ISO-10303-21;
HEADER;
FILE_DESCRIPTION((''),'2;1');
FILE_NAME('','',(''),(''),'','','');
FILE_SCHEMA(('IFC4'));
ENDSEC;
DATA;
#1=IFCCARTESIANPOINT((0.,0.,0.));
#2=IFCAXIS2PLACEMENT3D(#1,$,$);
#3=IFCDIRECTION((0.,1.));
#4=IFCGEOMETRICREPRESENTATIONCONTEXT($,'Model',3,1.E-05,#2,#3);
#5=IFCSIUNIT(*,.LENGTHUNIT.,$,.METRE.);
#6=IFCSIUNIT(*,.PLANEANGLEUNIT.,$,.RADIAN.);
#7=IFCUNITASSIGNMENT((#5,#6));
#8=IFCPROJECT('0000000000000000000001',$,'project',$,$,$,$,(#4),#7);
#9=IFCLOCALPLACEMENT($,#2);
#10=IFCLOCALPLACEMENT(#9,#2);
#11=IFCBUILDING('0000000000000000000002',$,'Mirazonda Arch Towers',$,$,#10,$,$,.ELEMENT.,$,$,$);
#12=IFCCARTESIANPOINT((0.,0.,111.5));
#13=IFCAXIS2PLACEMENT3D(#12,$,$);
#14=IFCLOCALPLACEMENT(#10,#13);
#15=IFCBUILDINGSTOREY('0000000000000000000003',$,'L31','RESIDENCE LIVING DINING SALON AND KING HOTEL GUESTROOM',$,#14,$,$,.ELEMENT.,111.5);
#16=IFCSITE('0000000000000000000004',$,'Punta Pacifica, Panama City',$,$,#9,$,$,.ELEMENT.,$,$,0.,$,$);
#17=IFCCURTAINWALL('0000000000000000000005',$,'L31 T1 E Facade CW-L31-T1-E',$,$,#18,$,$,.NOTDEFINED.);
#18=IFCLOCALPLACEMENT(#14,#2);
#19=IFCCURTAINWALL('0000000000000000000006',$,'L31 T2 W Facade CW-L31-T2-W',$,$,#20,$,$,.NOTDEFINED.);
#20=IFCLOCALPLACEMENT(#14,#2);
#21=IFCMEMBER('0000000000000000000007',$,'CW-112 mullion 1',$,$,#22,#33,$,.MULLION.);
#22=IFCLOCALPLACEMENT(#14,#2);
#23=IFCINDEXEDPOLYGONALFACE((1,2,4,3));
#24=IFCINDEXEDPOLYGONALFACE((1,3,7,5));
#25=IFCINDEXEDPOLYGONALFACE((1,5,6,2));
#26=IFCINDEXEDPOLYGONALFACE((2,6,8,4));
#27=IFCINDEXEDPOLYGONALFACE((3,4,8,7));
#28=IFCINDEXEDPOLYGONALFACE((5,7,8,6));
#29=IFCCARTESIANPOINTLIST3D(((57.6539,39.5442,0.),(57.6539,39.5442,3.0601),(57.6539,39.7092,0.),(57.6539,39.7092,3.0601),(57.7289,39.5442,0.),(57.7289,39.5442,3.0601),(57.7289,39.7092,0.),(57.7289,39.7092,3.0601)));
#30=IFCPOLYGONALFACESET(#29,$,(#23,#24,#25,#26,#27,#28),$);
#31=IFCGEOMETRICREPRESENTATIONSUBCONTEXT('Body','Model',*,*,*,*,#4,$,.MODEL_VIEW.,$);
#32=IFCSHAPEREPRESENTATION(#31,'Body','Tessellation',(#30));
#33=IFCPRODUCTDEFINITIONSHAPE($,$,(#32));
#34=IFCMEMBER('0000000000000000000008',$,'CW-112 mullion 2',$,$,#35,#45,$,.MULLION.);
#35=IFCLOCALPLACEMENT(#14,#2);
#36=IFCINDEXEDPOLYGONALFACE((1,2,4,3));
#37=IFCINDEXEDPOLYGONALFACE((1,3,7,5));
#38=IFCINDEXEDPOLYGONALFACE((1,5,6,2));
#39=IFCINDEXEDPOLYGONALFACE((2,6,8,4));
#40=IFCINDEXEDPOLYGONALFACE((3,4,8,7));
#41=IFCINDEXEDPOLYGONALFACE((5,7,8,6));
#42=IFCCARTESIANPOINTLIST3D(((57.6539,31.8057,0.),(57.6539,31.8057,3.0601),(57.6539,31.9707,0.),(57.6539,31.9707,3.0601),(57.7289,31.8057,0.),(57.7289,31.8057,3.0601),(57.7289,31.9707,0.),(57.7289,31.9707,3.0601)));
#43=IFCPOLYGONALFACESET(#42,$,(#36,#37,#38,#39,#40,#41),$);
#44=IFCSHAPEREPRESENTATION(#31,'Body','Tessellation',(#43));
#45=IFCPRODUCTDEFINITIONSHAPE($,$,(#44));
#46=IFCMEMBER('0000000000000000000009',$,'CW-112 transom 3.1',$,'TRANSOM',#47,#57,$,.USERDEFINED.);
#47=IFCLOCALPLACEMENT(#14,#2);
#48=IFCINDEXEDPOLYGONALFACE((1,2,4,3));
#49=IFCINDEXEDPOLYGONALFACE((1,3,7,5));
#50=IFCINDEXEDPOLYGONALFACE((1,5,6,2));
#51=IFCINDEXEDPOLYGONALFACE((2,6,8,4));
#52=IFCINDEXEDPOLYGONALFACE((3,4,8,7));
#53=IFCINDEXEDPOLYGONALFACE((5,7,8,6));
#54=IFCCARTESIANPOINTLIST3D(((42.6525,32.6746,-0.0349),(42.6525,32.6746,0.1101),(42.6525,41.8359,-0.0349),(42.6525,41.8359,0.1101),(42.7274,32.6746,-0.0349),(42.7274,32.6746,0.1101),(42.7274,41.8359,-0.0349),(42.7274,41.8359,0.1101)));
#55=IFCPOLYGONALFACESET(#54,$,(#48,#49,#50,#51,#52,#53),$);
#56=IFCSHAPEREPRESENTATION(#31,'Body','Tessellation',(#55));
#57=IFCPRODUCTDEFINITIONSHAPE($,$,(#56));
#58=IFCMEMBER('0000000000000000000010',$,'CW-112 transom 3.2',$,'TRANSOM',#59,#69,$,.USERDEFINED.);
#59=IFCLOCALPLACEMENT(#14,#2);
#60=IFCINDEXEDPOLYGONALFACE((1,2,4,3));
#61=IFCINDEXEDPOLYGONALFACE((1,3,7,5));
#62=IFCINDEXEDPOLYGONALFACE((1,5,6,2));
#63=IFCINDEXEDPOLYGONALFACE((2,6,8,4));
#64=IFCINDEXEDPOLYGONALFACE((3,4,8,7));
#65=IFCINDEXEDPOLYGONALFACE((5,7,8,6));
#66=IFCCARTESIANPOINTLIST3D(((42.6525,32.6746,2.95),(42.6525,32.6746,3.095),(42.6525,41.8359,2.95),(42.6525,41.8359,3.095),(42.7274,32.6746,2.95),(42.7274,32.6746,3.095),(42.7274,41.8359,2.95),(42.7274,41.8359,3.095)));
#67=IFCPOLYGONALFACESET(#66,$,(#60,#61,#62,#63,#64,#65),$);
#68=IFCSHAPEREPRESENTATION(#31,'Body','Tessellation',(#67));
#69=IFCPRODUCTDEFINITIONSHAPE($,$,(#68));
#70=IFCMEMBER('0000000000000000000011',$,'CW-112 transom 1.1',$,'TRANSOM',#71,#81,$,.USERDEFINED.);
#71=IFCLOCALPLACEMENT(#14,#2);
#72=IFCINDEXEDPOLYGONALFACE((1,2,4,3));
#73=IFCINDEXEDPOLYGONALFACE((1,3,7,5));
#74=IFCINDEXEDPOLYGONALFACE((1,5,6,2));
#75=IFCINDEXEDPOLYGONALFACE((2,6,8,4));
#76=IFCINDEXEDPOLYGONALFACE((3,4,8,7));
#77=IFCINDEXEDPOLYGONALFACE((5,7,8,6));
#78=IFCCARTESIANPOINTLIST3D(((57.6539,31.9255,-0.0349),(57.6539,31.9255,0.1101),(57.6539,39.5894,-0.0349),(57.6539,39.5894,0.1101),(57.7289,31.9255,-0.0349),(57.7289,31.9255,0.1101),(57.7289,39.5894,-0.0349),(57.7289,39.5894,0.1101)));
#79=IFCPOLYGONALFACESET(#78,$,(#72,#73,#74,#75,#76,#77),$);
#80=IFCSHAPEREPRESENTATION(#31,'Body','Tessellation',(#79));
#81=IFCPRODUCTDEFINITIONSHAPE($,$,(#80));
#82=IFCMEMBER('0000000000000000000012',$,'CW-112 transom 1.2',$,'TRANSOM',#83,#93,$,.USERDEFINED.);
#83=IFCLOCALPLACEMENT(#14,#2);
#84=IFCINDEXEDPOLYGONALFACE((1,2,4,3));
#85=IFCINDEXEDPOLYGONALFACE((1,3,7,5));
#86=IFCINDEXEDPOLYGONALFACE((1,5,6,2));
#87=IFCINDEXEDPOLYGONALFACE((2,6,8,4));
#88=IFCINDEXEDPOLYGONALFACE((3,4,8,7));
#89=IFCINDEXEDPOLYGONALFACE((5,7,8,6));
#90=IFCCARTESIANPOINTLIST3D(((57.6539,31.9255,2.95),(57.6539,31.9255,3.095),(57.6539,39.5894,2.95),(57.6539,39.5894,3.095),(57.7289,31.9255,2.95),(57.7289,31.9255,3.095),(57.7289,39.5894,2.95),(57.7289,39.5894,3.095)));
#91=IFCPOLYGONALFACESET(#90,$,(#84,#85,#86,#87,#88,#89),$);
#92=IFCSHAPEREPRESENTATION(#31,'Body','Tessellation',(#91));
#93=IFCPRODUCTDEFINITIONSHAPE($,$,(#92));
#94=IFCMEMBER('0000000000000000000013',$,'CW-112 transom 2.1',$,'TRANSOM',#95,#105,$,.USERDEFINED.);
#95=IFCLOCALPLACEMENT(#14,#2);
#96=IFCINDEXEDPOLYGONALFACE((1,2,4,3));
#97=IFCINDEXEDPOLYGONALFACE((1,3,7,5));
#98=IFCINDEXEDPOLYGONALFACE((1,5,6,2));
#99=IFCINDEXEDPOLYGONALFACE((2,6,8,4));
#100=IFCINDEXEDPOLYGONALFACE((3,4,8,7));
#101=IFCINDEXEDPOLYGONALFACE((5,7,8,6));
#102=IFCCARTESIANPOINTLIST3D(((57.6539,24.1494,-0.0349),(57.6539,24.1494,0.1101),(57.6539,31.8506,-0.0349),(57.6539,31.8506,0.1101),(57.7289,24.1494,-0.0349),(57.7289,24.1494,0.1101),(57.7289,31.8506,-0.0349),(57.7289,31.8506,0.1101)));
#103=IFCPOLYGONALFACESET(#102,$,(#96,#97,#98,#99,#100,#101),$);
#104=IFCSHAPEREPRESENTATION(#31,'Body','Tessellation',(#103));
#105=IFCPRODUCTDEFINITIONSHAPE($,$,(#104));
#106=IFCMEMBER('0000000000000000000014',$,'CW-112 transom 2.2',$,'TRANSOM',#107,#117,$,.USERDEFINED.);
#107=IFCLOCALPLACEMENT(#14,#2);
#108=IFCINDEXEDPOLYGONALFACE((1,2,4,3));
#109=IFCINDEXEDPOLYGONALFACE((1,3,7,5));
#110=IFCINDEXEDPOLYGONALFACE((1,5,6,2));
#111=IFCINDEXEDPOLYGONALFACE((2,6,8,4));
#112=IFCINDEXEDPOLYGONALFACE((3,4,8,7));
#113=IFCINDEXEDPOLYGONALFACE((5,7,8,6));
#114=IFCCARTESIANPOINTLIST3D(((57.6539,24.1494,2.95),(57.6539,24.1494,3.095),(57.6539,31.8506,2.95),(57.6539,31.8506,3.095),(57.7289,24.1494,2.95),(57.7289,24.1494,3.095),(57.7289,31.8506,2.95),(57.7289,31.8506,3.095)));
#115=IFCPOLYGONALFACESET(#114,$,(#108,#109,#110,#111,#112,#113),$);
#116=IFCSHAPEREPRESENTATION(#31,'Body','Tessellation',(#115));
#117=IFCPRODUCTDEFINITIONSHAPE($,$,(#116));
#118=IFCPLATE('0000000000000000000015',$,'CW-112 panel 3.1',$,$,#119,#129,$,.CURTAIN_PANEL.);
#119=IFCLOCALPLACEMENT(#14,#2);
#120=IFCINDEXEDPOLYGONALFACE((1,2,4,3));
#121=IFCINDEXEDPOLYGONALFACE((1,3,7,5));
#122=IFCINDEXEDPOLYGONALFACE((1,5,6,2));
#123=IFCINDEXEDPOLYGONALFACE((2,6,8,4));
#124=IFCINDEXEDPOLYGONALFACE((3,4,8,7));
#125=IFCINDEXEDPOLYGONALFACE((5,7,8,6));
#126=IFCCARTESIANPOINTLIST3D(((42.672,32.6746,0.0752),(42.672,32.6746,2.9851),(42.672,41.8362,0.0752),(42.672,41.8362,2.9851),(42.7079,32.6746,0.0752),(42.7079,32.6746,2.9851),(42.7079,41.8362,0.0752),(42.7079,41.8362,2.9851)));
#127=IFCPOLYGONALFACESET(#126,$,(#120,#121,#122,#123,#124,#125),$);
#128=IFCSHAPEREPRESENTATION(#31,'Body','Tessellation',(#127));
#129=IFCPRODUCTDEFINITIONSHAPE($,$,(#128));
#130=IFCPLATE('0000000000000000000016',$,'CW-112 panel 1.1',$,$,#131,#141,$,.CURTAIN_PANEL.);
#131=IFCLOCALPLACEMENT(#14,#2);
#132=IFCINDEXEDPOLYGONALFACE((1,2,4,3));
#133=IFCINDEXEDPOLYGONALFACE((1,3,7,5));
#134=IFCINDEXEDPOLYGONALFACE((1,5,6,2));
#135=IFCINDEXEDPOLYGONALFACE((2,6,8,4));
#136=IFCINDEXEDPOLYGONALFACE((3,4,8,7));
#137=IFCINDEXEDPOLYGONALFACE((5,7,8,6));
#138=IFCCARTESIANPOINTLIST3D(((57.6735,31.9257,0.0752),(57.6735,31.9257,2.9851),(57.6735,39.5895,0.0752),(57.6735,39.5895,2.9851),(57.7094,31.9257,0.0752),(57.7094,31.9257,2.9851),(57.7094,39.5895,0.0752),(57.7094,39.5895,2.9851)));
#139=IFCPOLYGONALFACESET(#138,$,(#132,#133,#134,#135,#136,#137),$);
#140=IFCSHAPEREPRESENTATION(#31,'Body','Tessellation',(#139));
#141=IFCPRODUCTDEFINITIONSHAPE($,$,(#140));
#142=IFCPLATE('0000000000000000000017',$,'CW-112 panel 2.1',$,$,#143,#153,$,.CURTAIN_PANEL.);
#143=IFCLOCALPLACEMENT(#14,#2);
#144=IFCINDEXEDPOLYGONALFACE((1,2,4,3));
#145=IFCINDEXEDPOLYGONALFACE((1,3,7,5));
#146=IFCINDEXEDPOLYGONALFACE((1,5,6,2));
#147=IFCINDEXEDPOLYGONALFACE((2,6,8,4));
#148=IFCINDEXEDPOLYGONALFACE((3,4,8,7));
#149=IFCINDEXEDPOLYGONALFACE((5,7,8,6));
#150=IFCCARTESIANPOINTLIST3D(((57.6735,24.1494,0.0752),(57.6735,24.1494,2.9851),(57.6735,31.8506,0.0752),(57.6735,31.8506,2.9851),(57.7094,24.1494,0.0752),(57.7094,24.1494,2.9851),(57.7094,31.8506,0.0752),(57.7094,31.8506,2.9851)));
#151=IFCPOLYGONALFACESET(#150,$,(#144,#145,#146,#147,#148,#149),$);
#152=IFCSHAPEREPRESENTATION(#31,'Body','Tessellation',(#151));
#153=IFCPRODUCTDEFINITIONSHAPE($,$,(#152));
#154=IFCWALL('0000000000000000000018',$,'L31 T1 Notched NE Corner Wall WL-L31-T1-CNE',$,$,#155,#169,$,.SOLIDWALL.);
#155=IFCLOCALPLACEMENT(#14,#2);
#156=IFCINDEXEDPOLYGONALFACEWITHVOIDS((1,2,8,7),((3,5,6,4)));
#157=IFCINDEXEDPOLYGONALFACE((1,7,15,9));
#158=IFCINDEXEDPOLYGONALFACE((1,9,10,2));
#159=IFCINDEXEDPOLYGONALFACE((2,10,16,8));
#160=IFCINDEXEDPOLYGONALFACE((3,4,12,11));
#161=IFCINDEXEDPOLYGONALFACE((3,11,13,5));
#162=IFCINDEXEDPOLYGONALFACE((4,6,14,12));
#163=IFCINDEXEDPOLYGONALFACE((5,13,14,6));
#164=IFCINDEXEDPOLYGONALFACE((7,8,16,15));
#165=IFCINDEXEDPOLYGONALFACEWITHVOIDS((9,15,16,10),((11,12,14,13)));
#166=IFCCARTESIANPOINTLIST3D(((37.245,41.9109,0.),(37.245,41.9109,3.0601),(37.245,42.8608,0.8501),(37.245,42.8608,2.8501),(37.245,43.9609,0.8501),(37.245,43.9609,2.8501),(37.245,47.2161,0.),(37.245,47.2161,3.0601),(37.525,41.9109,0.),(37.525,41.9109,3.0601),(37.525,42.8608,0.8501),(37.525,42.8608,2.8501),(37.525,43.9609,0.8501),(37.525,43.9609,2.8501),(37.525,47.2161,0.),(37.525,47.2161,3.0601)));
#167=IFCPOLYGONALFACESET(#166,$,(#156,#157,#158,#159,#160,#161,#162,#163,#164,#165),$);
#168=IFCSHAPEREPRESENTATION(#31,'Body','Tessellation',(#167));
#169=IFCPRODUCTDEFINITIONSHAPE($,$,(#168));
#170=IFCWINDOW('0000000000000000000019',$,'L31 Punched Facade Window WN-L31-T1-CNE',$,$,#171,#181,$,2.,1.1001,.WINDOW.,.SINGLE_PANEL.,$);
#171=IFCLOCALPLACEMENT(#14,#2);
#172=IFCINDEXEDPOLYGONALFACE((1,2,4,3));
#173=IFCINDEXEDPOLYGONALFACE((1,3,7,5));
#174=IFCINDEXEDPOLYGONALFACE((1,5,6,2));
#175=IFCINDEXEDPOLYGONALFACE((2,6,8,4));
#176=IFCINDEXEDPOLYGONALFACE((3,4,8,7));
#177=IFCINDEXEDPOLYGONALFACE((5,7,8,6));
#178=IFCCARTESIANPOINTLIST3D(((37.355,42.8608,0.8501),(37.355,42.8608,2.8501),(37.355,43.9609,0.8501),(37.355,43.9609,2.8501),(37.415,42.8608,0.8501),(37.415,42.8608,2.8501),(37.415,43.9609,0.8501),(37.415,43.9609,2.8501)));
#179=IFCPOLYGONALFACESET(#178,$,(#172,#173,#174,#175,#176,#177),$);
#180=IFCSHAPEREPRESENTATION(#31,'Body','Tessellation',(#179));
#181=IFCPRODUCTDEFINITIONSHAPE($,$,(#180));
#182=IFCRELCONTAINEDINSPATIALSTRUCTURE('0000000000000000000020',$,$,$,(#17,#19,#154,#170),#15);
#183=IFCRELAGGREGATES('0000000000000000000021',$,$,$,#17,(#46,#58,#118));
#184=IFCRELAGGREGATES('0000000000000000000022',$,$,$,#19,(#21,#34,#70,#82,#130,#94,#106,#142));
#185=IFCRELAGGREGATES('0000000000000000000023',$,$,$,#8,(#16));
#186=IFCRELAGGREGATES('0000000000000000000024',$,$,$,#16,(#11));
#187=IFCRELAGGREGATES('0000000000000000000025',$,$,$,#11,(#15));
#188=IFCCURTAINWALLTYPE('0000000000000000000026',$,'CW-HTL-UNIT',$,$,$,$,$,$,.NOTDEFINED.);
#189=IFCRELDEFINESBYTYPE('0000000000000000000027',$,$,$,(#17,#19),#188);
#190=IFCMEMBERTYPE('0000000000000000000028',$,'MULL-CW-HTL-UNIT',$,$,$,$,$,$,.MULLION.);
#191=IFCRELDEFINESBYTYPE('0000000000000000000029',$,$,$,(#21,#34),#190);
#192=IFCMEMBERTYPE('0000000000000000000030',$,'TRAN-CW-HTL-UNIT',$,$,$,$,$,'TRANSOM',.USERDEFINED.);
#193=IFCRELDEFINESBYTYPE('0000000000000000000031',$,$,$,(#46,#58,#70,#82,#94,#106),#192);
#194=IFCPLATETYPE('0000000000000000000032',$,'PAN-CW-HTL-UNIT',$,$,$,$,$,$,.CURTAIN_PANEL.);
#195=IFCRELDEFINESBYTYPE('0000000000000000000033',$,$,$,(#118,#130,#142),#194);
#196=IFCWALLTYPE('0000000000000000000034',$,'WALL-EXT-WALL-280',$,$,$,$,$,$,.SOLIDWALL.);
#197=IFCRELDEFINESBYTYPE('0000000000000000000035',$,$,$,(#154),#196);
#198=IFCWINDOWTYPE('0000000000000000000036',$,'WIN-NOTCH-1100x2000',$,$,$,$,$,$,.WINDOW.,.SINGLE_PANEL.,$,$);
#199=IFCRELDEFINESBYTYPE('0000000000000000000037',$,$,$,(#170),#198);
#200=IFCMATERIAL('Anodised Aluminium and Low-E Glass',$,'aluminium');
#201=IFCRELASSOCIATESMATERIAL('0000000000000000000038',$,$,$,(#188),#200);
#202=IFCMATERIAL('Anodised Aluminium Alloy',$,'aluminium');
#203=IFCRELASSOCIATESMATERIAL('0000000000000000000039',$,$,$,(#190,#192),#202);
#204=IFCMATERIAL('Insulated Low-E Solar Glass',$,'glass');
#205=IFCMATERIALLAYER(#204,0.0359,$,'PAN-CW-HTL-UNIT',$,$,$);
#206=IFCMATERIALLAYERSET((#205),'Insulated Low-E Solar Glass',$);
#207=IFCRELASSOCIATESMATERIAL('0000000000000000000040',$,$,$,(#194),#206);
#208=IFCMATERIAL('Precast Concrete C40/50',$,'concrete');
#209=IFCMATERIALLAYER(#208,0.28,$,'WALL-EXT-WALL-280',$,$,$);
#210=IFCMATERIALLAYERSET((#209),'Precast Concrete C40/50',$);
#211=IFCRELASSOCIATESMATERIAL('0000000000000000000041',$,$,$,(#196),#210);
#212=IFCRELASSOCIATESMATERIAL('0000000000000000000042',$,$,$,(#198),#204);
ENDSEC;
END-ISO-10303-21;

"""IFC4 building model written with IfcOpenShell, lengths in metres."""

from ifc_helpers import new_model, si_unit, direction, frame, frame_2d, origin, origin_2d, place, context, subcontext, project, spatial, rectangle, extrude, material, layer, layer_set, material_profile, profile_set, type_object, element, fill, aggregate, save


model = new_model("IFC4")

# Units and contexts
model_context = context("Model", 3, precision=1e-05, world=origin(), true_north=direction((0.0, 1.0)))
body_context = subcontext(model_context, "Body", "Model", "MODEL_VIEW")
ifc_project = project(units=[si_unit("LENGTHUNIT", "METRE"), si_unit("PLANEANGLEUNIT", "RADIAN")], contexts=[model_context])

# Site, building, storey
site_placement = place(None, origin())
site = spatial("IfcSite", under=ifc_project, at=site_placement, Name="Punta Pacifica, Panama City", CompositionType="ELEMENT", RefElevation=0.0)
building_placement = place(site_placement, origin())
building = spatial("IfcBuilding", under=site, at=building_placement, Name="Mirazonda Arch Towers", CompositionType="ELEMENT")
storey_placement = place(building_placement, frame((0.0, 0.0, 111.5)))
storey = spatial("IfcBuildingStorey", under=building, at=storey_placement, Name="L31", Description="RESIDENCE LIVING DINING SALON AND KING HOTEL GUESTROOM", CompositionType="ELEMENT", Elevation=111.5)

# Curtain wall
ifc_material_1 = material(Name="Anodised Aluminium and Low-E Glass", Category="aluminium")
curtain_wall_type = type_object("IfcCurtainWallType", Name="CW-HTL-UNIT", PredefinedType="NOTDEFINED", material=ifc_material_1)
curtain_wall_1_placement = place(storey_placement, origin())
curtain_wall_1 = element("IfcCurtainWall", 1, at=curtain_wall_1_placement, inside=storey, type_object=curtain_wall_type, Name="L31 T1 E Facade CW-L31-T1-E", PredefinedType="NOTDEFINED")
ifc_material_2 = material(Name="Anodised Aluminium Alloy", Category="aluminium")
ifc_material_profile_1 = material_profile(ifc_material_2, rectangle(XDim=0.075, YDim=0.165, at=origin_2d()), Name="ALU-MULL-75x165")
ifc_profile_set_1 = profile_set([ifc_material_profile_1], Name="Anodised Aluminium Alloy")
member_type_1 = type_object("IfcMemberType", Name="MULL-CW-HTL-UNIT", PredefinedType="MULLION", material=ifc_profile_set_1)

# Curtain wall, members
curtain_wall_2_placement = place(storey_placement, origin())
curtain_wall_2 = element("IfcCurtainWall", 2, at=curtain_wall_2_placement, inside=storey, type_object=curtain_wall_type, Name="L31 T2 W Facade CW-L31-T2-W", PredefinedType="NOTDEFINED")
member_1_placement = place(storey_placement, frame((57.6914, 39.6267, 0.0), z_axis=(0.0, 0.0, 1.0), x_axis=(1.0, 0.0, 0.0)))
member_1 = element("IfcMember", 3, at=member_1_placement, type_object=member_type_1, Name="CW-112 mullion 1", PredefinedType="MULLION", context=body_context, shape_type="SweptSolid", body=[
    extrude(rectangle(XDim=0.075, YDim=0.165, at=origin_2d()), origin(), (0.0, 0.0, 1.0), 3.0601),
])
member_2_placement = place(storey_placement, frame((57.6914, 31.8882, 0.0), z_axis=(0.0, 0.0, 1.0), x_axis=(1.0, 0.0, 0.0)))
member_2 = element("IfcMember", 4, at=member_2_placement, type_object=member_type_1, Name="CW-112 mullion 2", PredefinedType="MULLION", context=body_context, shape_type="SweptSolid", body=[
    extrude(rectangle(XDim=0.075, YDim=0.165, at=origin_2d()), origin(), (0.0, 0.0, 1.0), 3.0601),
])

# Members
ifc_material_profile_2 = material_profile(ifc_material_2, rectangle(XDim=0.075, YDim=0.145, at=origin_2d()), Name="ALU-TRAN-75x145")
ifc_profile_set_2 = profile_set([ifc_material_profile_2], Name="Anodised Aluminium Alloy")
member_type_2 = type_object("IfcMemberType", Name="TRAN-CW-HTL-UNIT", ElementType="TRANSOM", PredefinedType="USERDEFINED", material=ifc_profile_set_2)
member_3_placement = place(storey_placement, frame((42.6899, 32.6746, 0.0376), z_axis=(0.0, 1.0, 0.0), x_axis=(-1.0, 0.0, 0.0)))
member_3 = element("IfcMember", 5, at=member_3_placement, type_object=member_type_2, Name="CW-112 transom 3.1", ObjectType="TRANSOM", PredefinedType="USERDEFINED", context=body_context, shape_type="SweptSolid", body=[
    extrude(rectangle(XDim=0.075, YDim=0.145, at=origin_2d()), origin(), (0.0, 0.0, 1.0), 9.1614),
])
member_4_placement = place(storey_placement, frame((42.6899, 32.6746, 3.0225), z_axis=(0.0, 1.0, 0.0), x_axis=(-1.0, 0.0, 0.0)))
member_4 = element("IfcMember", 6, at=member_4_placement, type_object=member_type_2, Name="CW-112 transom 3.2", ObjectType="TRANSOM", PredefinedType="USERDEFINED", context=body_context, shape_type="SweptSolid", body=[
    extrude(rectangle(XDim=0.075, YDim=0.145, at=origin_2d()), origin(), (0.0, 0.0, 1.0), 9.1614),
])
member_5_placement = place(storey_placement, frame((57.6914, 39.5894, 0.0376), z_axis=(0.0, -1.0, 0.0), x_axis=(1.0, 0.0, 0.0)))
member_5 = element("IfcMember", 7, at=member_5_placement, type_object=member_type_2, Name="CW-112 transom 1.1", ObjectType="TRANSOM", PredefinedType="USERDEFINED", context=body_context, shape_type="SweptSolid", body=[
    extrude(rectangle(XDim=0.075, YDim=0.145, at=origin_2d()), origin(), (0.0, 0.0, 1.0), 7.6638),
])
member_6_placement = place(storey_placement, frame((57.6914, 39.5894, 3.0225), z_axis=(0.0, -1.0, 0.0), x_axis=(1.0, 0.0, 0.0)))
member_6 = element("IfcMember", 8, at=member_6_placement, type_object=member_type_2, Name="CW-112 transom 1.2", ObjectType="TRANSOM", PredefinedType="USERDEFINED", context=body_context, shape_type="SweptSolid", body=[
    extrude(rectangle(XDim=0.075, YDim=0.145, at=origin_2d()), origin(), (0.0, 0.0, 1.0), 7.6638),
])
member_7_placement = place(storey_placement, frame((57.6914, 31.8506, 0.0376), z_axis=(0.0, -1.0, 0.0), x_axis=(1.0, 0.0, 0.0)))
member_7 = element("IfcMember", 9, at=member_7_placement, type_object=member_type_2, Name="CW-112 transom 2.1", ObjectType="TRANSOM", PredefinedType="USERDEFINED", context=body_context, shape_type="SweptSolid", body=[
    extrude(rectangle(XDim=0.075, YDim=0.145, at=origin_2d()), origin(), (0.0, 0.0, 1.0), 7.7012),
])
member_8_placement = place(storey_placement, frame((57.6914, 31.8506, 3.0225), z_axis=(0.0, -1.0, 0.0), x_axis=(1.0, 0.0, 0.0)))
member_8 = element("IfcMember", 10, at=member_8_placement, type_object=member_type_2, Name="CW-112 transom 2.2", ObjectType="TRANSOM", PredefinedType="USERDEFINED", context=body_context, shape_type="SweptSolid", body=[
    extrude(rectangle(XDim=0.075, YDim=0.145, at=origin_2d()), origin(), (0.0, 0.0, 1.0), 7.7012),
])

# Plates
ifc_material_3 = material(Name="Insulated Low-E Solar Glass", Category="glass")
ifc_layer_1 = layer(ifc_material_3, 0.0359, Name="PAN-CW-HTL-UNIT")
ifc_layer_set_1 = layer_set([ifc_layer_1], Name="Insulated Low-E Solar Glass")
plate_type = type_object("IfcPlateType", Name="PAN-CW-HTL-UNIT", PredefinedType="CURTAIN_PANEL", material=ifc_layer_set_1)
plate_1_placement = place(storey_placement, frame((42.6899, 37.2554, 0.0752), z_axis=(0.0, 0.0, 1.0), x_axis=(0.0, 1.0, 0.0)))
plate_1 = element("IfcPlate", 11, at=plate_1_placement, type_object=plate_type, Name="CW-112 panel 3.1", PredefinedType="CURTAIN_PANEL", context=body_context, shape_type="SweptSolid", body=[
    extrude(rectangle(XDim=9.1616, YDim=0.0359, at=origin_2d()), origin(), (0.0, 0.0, 1.0), 2.9099),
])
aggregate(curtain_wall_1, [member_3, member_4, plate_1])
plate_2_placement = place(storey_placement, frame((57.6914, 35.7576, 0.0752), z_axis=(0.0, 0.0, 1.0), x_axis=(0.0, -1.0, 0.0)))
plate_2 = element("IfcPlate", 12, at=plate_2_placement, type_object=plate_type, Name="CW-112 panel 1.1", PredefinedType="CURTAIN_PANEL", context=body_context, shape_type="SweptSolid", body=[
    extrude(rectangle(XDim=7.6638, YDim=0.0359, at=origin_2d()), origin(), (0.0, 0.0, 1.0), 2.9099),
])
plate_3_placement = place(storey_placement, frame((57.6914, 28.0, 0.0752), z_axis=(0.0, 0.0, 1.0), x_axis=(0.0, -1.0, 0.0)))
plate_3 = element("IfcPlate", 13, at=plate_3_placement, type_object=plate_type, Name="CW-112 panel 2.1", PredefinedType="CURTAIN_PANEL", context=body_context, shape_type="SweptSolid", body=[
    extrude(rectangle(XDim=7.7012, YDim=0.0359, at=origin_2d()), origin(), (0.0, 0.0, 1.0), 2.9099),
])
aggregate(curtain_wall_2, [member_1, member_2, member_5, member_6, plate_2, member_7, member_8, plate_3])

# Wall, opening, window
ifc_material_4 = material(Name="Precast Concrete C40/50", Category="concrete")
ifc_layer_2 = layer(ifc_material_4, 0.28, Name="WALL-EXT-WALL-280")
ifc_layer_set_2 = layer_set([ifc_layer_2], Name="Precast Concrete C40/50")
wall_type_1 = type_object("IfcWallType", Name="WALL-EXT-WALL-280", PredefinedType="SOLIDWALL", material=ifc_layer_set_2)
wall_1_placement = place(storey_placement, frame((37.385, 41.9109, 0.0), z_axis=(0.0, 0.0, 1.0), x_axis=(0.0, 1.0, 0.0)))
wall_1 = element("IfcWall", 14, at=wall_1_placement, inside=storey, type_object=wall_type_1, Name="L31 T1 Notched NE Corner Wall WL-L31-T1-CNE", PredefinedType="SOLIDWALL", context=body_context, shape_type="SweptSolid", body=[
    extrude(rectangle(XDim=5.3052, YDim=0.28, at=frame_2d((2.6526, 0.0))), origin(), (0.0, 0.0, 1.0), 3.0601),
])
opening_1_placement = place(wall_1_placement, frame((0.95, 0.0, 0.8501)))
opening_1 = element("IfcOpeningElement", 15, at=opening_1_placement, cuts=wall_1, PredefinedType="OPENING", context=body_context, shape_type="SweptSolid", body=[
    extrude(rectangle(XDim=1.1001, YDim=2.0, at=frame_2d((0.55, 1.0))), frame((0.0, 0.1499, 0.0), z_axis=(0.0, -1.0, 0.0), x_axis=(1.0, 0.0, 0.0)), (0.0, 0.0, 1.0), 0.3),
])
window_type = type_object("IfcWindowType", Name="WIN-NOTCH-1100x2000", PartitioningType="SINGLE_PANEL", PredefinedType="WINDOW", material=ifc_material_3)
window_1_placement = place(opening_1_placement, origin())
window_1 = element("IfcWindow", 16, at=window_1_placement, inside=storey, type_object=window_type, Name="L31 Punched Facade Window WN-L31-T1-CNE", OverallHeight=2.0, OverallWidth=1.1001, PartitioningType="SINGLE_PANEL", PredefinedType="WINDOW", context=body_context, shape_type="SweptSolid", body=[
    extrude(rectangle(XDim=1.1001, YDim=2.0, at=frame_2d((0.55, 1.0))), frame((0.0, 0.03, 0.0), z_axis=(0.0, -1.0, 0.0), x_axis=(1.0, 0.0, 0.0)), (0.0, 0.0, 1.0), 0.0601),
])
fill(opening_1, window_1)

save(model, "model.ifc")
